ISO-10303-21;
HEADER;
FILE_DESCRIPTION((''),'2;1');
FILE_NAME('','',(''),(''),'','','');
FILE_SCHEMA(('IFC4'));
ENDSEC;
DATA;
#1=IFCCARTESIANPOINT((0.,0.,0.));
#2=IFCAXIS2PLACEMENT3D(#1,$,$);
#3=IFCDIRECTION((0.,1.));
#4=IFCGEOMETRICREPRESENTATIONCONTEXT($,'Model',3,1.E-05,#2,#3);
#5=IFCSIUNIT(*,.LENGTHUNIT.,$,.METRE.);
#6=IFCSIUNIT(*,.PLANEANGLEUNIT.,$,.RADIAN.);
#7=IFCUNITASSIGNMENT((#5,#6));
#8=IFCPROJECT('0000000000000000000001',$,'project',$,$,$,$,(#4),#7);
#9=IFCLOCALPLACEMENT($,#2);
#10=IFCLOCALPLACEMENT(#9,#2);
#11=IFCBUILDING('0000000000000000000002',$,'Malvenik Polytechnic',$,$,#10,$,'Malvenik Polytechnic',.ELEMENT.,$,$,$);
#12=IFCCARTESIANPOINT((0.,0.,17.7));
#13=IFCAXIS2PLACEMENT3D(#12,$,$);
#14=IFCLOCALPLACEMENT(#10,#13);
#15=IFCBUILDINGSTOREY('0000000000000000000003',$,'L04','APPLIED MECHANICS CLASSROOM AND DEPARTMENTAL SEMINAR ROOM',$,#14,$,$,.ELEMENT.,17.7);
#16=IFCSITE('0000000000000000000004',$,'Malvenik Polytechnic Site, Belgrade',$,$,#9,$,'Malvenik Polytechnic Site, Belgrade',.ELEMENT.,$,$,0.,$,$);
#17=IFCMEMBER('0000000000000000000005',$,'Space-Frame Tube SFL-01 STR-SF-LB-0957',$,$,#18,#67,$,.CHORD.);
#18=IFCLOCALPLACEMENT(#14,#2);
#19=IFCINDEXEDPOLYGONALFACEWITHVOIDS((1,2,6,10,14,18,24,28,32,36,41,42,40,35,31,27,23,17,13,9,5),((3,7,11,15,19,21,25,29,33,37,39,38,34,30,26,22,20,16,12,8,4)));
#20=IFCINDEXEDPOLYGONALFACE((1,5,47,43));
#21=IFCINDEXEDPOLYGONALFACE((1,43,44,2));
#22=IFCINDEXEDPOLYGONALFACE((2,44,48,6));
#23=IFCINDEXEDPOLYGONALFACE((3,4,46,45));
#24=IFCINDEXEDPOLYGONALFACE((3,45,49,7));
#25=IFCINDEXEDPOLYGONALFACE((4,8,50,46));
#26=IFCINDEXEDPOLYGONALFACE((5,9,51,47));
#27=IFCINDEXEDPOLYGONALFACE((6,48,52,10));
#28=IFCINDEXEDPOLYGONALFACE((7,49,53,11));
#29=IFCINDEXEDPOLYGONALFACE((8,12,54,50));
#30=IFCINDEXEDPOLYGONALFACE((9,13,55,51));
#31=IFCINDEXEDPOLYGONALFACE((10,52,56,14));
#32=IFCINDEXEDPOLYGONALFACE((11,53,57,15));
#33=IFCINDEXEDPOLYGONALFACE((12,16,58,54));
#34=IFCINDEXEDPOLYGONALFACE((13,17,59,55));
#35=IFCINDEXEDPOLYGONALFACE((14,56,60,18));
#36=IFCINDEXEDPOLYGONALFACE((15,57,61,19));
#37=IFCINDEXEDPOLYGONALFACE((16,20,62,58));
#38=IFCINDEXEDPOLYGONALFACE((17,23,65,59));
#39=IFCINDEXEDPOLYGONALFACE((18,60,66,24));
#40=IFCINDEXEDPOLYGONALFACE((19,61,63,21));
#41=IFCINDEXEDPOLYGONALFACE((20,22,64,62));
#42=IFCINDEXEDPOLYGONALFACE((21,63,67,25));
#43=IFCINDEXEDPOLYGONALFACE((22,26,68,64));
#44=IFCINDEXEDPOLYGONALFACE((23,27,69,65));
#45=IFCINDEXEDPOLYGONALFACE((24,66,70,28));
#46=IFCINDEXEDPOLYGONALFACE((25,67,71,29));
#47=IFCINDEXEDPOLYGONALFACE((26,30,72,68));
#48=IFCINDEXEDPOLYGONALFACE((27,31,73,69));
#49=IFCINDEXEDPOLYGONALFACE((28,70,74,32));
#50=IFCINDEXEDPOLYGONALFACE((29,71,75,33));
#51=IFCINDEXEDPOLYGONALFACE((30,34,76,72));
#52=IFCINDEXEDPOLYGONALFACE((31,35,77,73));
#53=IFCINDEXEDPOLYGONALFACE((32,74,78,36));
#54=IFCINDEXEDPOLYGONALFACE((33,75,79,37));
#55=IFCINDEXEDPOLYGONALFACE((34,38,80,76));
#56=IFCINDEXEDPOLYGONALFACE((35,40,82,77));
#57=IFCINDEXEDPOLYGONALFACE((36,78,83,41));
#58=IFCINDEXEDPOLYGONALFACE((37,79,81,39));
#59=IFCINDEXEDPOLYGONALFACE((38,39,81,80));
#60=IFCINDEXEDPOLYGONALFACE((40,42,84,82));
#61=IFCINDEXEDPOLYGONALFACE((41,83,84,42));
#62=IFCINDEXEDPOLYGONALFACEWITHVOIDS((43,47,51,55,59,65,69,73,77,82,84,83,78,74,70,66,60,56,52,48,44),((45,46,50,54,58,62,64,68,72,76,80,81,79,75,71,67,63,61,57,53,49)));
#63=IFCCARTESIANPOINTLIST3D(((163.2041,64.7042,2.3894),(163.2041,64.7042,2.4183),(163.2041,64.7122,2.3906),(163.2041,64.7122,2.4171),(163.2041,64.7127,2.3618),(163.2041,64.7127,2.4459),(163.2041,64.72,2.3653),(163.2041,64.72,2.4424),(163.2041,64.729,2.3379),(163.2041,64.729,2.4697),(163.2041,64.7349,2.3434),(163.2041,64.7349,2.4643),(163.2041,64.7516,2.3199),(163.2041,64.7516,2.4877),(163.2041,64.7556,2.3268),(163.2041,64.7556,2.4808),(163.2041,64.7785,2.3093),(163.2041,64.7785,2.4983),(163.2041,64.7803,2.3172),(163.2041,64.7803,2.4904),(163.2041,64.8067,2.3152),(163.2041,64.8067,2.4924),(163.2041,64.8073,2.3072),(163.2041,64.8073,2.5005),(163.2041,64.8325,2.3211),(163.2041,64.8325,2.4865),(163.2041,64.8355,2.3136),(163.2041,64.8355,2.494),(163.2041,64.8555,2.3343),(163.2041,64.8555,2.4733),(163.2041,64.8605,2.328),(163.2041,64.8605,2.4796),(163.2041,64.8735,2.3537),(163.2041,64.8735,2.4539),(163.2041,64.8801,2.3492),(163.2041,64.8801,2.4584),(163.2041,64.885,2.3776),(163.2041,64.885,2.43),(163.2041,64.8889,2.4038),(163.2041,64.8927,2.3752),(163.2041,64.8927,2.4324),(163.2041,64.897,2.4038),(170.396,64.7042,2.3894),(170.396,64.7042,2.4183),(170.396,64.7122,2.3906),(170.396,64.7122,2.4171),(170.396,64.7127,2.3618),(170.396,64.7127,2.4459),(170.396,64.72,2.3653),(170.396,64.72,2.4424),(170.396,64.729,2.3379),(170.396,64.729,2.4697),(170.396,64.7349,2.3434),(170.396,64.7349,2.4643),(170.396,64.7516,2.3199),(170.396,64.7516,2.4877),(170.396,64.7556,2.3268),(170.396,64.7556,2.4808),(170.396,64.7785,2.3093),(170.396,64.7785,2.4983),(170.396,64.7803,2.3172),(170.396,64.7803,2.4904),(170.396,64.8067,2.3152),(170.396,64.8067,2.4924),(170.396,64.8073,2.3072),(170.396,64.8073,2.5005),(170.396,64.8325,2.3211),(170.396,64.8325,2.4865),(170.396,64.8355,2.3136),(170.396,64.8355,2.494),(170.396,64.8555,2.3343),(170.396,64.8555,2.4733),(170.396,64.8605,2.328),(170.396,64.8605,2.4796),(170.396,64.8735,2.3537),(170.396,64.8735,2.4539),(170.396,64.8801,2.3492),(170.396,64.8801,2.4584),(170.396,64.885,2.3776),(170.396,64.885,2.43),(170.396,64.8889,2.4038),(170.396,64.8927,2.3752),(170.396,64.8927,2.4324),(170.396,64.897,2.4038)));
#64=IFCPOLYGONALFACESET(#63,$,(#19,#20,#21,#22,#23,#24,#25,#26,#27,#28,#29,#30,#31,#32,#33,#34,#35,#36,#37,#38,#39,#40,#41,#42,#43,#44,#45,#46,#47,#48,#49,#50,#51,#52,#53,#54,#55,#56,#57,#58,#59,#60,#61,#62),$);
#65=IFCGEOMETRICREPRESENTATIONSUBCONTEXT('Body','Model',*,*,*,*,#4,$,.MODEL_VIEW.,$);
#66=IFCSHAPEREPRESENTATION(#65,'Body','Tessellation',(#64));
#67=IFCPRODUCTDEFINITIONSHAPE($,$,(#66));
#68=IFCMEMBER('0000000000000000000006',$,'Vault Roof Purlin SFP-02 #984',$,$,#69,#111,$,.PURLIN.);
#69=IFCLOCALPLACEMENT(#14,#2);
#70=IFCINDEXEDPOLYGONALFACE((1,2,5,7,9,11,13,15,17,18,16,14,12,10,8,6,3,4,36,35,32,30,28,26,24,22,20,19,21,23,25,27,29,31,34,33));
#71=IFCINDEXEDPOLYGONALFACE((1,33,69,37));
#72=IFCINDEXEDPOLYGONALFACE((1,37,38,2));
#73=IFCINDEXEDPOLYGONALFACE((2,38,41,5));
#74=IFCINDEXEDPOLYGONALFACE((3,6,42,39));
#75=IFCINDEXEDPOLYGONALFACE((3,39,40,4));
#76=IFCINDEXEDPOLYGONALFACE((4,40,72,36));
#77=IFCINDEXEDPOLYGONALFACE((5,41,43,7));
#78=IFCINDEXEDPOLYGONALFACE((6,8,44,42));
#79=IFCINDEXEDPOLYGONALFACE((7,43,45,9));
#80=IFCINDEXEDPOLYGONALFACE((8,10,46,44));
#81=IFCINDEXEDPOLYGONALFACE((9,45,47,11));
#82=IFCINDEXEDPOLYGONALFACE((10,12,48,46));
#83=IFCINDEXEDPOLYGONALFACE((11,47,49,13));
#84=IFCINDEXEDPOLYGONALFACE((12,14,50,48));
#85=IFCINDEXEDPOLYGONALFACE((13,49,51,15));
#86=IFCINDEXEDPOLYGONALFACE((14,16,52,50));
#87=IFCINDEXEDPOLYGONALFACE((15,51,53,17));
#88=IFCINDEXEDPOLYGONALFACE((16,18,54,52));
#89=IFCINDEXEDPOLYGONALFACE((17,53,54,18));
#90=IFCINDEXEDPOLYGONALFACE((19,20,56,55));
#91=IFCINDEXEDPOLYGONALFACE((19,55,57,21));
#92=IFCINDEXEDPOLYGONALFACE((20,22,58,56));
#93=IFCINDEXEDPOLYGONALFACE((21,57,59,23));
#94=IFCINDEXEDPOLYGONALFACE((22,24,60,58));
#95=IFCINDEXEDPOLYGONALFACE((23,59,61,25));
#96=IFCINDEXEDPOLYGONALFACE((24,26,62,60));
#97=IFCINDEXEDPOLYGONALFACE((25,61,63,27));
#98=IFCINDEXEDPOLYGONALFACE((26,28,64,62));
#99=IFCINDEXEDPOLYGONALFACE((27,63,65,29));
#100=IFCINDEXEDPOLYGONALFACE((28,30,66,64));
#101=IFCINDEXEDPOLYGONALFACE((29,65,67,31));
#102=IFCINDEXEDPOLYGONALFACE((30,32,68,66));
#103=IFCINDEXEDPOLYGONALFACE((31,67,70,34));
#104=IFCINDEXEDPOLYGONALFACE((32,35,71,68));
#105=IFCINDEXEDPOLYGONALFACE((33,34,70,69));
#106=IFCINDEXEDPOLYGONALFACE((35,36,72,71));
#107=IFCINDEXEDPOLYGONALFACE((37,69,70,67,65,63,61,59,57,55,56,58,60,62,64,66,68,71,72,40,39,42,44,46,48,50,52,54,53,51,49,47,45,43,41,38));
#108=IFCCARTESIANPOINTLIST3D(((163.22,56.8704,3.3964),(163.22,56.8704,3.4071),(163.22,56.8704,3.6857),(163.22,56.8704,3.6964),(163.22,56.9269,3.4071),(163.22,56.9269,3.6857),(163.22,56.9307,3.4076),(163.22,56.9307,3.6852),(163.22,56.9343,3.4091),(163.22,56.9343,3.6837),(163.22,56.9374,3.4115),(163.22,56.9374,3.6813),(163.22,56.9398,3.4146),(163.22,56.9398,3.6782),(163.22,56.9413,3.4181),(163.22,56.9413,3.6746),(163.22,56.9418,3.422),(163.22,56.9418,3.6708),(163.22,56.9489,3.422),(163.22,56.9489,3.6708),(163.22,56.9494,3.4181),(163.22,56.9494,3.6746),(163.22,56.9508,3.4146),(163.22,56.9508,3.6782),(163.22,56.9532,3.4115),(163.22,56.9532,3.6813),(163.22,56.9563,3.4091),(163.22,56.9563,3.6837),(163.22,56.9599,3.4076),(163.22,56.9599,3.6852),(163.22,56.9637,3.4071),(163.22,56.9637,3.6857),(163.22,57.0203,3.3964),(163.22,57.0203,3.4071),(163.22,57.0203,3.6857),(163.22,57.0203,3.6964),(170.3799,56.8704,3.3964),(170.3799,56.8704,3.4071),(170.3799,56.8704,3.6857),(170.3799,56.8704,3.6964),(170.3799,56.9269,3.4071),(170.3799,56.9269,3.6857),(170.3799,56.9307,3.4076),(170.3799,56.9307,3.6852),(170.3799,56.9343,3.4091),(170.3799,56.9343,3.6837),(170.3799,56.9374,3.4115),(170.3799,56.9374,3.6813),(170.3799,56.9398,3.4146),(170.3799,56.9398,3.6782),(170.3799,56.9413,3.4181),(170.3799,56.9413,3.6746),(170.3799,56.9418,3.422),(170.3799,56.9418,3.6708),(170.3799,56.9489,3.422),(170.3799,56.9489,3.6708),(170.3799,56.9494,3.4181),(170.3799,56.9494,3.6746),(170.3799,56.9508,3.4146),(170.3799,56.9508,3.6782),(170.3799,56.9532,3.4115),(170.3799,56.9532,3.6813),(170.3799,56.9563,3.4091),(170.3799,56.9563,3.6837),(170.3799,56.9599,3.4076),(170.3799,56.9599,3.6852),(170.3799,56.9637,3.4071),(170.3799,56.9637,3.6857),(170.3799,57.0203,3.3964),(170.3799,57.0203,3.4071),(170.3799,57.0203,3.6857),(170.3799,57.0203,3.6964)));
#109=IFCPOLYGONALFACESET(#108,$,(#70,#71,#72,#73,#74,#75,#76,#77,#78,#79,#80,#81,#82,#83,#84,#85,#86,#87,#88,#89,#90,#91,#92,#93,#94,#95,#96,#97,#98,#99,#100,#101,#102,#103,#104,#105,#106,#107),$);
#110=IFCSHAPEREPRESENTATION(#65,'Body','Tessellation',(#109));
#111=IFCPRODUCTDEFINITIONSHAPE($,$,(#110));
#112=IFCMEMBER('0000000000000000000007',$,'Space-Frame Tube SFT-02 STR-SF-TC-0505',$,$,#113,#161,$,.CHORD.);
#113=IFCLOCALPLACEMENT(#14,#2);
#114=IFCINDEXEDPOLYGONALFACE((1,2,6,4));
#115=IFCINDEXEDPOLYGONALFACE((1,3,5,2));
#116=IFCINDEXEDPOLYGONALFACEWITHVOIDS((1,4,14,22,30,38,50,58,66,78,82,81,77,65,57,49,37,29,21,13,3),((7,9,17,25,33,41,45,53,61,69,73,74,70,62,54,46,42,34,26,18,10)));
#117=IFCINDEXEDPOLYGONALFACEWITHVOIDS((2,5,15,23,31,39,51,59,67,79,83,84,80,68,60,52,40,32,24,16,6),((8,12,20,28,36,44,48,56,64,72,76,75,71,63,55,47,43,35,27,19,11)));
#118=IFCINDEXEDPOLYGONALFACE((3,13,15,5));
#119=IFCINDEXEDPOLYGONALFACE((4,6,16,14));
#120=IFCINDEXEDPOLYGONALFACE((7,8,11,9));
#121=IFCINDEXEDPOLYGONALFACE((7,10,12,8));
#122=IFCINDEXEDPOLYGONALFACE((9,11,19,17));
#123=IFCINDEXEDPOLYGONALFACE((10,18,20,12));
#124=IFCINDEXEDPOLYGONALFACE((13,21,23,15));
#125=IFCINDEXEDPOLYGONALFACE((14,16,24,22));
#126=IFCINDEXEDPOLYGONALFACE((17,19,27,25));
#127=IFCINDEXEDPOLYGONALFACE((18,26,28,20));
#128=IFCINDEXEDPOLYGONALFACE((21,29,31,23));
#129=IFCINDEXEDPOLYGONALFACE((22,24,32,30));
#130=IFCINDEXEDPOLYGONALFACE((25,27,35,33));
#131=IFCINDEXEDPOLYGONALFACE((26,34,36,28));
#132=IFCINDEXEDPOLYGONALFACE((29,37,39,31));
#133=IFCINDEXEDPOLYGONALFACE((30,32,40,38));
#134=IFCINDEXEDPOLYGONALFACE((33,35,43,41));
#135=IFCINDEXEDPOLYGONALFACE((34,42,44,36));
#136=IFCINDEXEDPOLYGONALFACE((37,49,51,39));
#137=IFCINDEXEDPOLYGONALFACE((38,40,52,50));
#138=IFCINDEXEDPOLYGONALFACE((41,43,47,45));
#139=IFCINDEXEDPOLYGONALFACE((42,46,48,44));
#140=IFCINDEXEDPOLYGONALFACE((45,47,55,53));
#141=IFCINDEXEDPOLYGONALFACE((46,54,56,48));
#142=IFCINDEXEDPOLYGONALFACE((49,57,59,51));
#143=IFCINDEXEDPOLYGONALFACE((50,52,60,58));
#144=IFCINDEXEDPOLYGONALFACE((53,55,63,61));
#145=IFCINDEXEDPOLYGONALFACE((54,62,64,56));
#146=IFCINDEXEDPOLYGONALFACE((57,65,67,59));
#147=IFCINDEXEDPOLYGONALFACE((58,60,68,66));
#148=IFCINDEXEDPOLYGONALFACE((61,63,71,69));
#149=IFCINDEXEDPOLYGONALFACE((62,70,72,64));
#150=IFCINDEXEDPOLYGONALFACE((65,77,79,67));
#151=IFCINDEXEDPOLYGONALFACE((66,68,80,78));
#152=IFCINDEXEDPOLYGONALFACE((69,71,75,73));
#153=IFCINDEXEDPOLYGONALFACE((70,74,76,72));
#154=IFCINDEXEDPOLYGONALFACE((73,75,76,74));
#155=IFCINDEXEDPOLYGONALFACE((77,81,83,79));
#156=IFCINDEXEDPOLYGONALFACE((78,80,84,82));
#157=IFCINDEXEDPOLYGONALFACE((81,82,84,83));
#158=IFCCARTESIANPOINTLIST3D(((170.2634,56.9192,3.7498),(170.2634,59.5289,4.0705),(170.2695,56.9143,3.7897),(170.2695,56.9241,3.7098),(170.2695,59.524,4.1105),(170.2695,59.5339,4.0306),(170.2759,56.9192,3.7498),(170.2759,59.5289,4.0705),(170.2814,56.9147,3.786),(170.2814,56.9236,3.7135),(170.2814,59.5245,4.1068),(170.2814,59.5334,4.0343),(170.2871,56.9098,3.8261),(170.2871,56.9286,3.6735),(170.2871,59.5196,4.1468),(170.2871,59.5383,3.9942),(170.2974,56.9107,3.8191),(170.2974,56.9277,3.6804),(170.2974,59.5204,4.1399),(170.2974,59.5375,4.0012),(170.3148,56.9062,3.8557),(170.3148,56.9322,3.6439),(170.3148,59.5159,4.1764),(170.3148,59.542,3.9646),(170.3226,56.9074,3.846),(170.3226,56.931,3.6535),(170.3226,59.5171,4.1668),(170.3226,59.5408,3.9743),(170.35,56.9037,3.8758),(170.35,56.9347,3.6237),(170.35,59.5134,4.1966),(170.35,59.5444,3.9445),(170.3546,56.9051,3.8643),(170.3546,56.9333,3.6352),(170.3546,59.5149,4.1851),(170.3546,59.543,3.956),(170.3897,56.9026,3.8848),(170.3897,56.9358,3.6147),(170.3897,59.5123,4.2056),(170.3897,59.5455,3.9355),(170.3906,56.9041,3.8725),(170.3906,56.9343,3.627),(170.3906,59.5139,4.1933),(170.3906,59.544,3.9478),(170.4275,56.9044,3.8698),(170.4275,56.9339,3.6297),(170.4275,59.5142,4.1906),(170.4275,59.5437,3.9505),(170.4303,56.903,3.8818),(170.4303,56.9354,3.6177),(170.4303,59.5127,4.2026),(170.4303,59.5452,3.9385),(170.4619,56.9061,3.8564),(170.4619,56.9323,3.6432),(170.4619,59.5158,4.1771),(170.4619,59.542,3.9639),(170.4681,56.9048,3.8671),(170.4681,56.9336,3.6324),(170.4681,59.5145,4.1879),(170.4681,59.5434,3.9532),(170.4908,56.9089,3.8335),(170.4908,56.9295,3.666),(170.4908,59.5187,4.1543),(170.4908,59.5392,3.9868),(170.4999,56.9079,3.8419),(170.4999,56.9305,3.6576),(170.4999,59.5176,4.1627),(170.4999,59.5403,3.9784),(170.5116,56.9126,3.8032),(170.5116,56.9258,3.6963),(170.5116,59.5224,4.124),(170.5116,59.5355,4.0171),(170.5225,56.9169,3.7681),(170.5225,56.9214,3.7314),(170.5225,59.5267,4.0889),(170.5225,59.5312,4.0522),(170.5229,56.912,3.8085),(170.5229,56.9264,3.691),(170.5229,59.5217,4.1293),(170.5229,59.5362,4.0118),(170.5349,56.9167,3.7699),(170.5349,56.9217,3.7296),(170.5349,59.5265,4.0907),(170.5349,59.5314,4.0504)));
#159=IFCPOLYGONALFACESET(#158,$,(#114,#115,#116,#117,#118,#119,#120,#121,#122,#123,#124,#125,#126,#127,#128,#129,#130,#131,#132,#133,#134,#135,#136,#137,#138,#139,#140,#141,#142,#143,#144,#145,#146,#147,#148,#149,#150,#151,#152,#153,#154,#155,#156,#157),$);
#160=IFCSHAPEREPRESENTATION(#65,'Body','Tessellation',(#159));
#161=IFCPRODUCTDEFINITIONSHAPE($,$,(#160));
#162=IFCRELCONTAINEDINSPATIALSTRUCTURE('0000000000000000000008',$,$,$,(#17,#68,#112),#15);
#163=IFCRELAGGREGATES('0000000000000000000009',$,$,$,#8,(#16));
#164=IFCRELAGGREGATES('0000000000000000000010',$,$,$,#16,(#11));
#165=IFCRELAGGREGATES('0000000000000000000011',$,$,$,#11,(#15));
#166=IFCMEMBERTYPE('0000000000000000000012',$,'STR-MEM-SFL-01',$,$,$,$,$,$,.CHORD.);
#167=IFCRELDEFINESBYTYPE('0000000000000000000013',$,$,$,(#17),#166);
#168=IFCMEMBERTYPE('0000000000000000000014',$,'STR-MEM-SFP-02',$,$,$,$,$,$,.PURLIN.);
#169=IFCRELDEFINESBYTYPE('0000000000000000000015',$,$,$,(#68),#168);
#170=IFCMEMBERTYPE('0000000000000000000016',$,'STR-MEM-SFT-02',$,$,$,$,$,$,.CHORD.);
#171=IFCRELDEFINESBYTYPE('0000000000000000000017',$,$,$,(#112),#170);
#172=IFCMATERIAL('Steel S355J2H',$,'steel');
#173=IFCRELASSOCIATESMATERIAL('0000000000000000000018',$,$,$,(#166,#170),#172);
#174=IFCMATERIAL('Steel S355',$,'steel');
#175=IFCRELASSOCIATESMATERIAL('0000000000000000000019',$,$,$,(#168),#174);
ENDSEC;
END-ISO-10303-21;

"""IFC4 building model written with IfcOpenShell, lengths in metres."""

from ifc_helpers import new_model, si_unit, direction, frame, origin, origin_2d, place, context, subcontext, project, spatial, hollow_circle, i_section, extrude, material, material_profile, profile_set, type_object, element, save


model = new_model("IFC4")

# Units and contexts
model_context = context("Model", 3, precision=1e-05, world=origin(), true_north=direction((0.0, 1.0)))
body_context = subcontext(model_context, "Body", "Model", "MODEL_VIEW")
ifc_project = project(units=[si_unit("LENGTHUNIT", "METRE"), si_unit("PLANEANGLEUNIT", "RADIAN")], contexts=[model_context])

# Site, building, storey
site_placement = place(None, origin())
site = spatial("IfcSite", under=ifc_project, at=site_placement, Name="Malvenik Polytechnic Site, Belgrade", LongName="Malvenik Polytechnic Site, Belgrade", CompositionType="ELEMENT", RefElevation=0.0)
building_placement = place(site_placement, origin())
building = spatial("IfcBuilding", under=site, at=building_placement, Name="Malvenik Polytechnic", LongName="Malvenik Polytechnic", CompositionType="ELEMENT")
storey_placement = place(building_placement, frame((0.0, 0.0, 17.7)))
storey = spatial("IfcBuildingStorey", under=building, at=storey_placement, Name="L04", Description="APPLIED MECHANICS CLASSROOM AND DEPARTMENTAL SEMINAR ROOM", CompositionType="ELEMENT", Elevation=17.7)

# Members
ifc_material_1 = material(Name="Steel S355J2H", Category="steel")
ifc_material_profile_1 = material_profile(ifc_material_1, hollow_circle(Radius=0.0969, WallThickness=0.0081, at=origin_2d()), Name="CHS 193.7x8.0")
ifc_profile_set_1 = profile_set([ifc_material_profile_1], Name="Steel S355J2H")
member_type_1 = type_object("IfcMemberType", Name="STR-MEM-SFL-01", PredefinedType="CHORD", material=ifc_profile_set_1)
for number, where, z_axis, x_axis, name in (
    (1, (163.2041, 64.8, 2.4038), (1.0, 0.0, 0.0), (0.0, 1.0, 0.0), "Space-Frame Tube SFL-01 STR-SF-LB-0957"),
):
    element("IfcMember", number, at=place(storey_placement, frame(where, z_axis=z_axis, x_axis=x_axis)), inside=storey, type_object=member_type_1, Name=name, PredefinedType="CHORD", context=body_context, shape_type="SweptSolid", body=[
        extrude(hollow_circle(Radius=0.0969, WallThickness=0.0081, at=origin_2d()), origin(), (0.0, 0.0, 1.0), 7.1919),
    ])
ifc_material_2 = material(Name="Steel S355", Category="steel")
ifc_material_profile_2 = material_profile(ifc_material_2, i_section(OverallWidth=0.1499, OverallDepth=0.3, WebThickness=0.0071, FlangeThickness=0.0107, FilletRadius=0.0149, at=origin_2d()), Name="IPE 300")
ifc_profile_set_2 = profile_set([ifc_material_profile_2], Name="Steel S355")
member_type_2 = type_object("IfcMemberType", Name="STR-MEM-SFP-02", PredefinedType="PURLIN", material=ifc_profile_set_2)
member_1_placement = place(storey_placement, frame((163.22, 56.9453, 3.5464), z_axis=(1.0, 0.0, 0.0), x_axis=(0.0, 1.0, 0.0)))
element("IfcMember", 2, at=member_1_placement, inside=storey, type_object=member_type_2, Name="Vault Roof Purlin SFP-02 #984", PredefinedType="PURLIN", context=body_context, shape_type="SweptSolid", body=[
    extrude(i_section(OverallWidth=0.1499, OverallDepth=0.3, WebThickness=0.0071, FlangeThickness=0.0107, FilletRadius=0.0149, at=origin_2d()), origin(), (0.0, 0.0, 1.0), 7.1599),
])
ifc_material_profile_3 = material_profile(ifc_material_1, hollow_circle(Radius=0.1365, WallThickness=0.0125, at=origin_2d()), Name="CHS 273.0x12.5")
ifc_profile_set_3 = profile_set([ifc_material_profile_3], Name="Steel S355J2H")
member_type_3 = type_object("IfcMemberType", Name="STR-MEM-SFT-02", PredefinedType="CHORD", material=ifc_profile_set_3)
member_2_placement = place(storey_placement, frame((170.3999, 56.9192, 3.7498), z_axis=(0.0, 0.99253, 0.122), x_axis=(-1.0, 0.0, 0.0)))
element("IfcMember", 3, at=member_2_placement, inside=storey, type_object=member_type_3, Name="Space-Frame Tube SFT-02 STR-SF-TC-0505", PredefinedType="CHORD", context=body_context, shape_type="SweptSolid", body=[
    extrude(hollow_circle(Radius=0.1365, WallThickness=0.0125, at=origin_2d()), origin(), (0.0, 0.0, 1.0), 2.6294),
])

save(model, "model.ifc")
